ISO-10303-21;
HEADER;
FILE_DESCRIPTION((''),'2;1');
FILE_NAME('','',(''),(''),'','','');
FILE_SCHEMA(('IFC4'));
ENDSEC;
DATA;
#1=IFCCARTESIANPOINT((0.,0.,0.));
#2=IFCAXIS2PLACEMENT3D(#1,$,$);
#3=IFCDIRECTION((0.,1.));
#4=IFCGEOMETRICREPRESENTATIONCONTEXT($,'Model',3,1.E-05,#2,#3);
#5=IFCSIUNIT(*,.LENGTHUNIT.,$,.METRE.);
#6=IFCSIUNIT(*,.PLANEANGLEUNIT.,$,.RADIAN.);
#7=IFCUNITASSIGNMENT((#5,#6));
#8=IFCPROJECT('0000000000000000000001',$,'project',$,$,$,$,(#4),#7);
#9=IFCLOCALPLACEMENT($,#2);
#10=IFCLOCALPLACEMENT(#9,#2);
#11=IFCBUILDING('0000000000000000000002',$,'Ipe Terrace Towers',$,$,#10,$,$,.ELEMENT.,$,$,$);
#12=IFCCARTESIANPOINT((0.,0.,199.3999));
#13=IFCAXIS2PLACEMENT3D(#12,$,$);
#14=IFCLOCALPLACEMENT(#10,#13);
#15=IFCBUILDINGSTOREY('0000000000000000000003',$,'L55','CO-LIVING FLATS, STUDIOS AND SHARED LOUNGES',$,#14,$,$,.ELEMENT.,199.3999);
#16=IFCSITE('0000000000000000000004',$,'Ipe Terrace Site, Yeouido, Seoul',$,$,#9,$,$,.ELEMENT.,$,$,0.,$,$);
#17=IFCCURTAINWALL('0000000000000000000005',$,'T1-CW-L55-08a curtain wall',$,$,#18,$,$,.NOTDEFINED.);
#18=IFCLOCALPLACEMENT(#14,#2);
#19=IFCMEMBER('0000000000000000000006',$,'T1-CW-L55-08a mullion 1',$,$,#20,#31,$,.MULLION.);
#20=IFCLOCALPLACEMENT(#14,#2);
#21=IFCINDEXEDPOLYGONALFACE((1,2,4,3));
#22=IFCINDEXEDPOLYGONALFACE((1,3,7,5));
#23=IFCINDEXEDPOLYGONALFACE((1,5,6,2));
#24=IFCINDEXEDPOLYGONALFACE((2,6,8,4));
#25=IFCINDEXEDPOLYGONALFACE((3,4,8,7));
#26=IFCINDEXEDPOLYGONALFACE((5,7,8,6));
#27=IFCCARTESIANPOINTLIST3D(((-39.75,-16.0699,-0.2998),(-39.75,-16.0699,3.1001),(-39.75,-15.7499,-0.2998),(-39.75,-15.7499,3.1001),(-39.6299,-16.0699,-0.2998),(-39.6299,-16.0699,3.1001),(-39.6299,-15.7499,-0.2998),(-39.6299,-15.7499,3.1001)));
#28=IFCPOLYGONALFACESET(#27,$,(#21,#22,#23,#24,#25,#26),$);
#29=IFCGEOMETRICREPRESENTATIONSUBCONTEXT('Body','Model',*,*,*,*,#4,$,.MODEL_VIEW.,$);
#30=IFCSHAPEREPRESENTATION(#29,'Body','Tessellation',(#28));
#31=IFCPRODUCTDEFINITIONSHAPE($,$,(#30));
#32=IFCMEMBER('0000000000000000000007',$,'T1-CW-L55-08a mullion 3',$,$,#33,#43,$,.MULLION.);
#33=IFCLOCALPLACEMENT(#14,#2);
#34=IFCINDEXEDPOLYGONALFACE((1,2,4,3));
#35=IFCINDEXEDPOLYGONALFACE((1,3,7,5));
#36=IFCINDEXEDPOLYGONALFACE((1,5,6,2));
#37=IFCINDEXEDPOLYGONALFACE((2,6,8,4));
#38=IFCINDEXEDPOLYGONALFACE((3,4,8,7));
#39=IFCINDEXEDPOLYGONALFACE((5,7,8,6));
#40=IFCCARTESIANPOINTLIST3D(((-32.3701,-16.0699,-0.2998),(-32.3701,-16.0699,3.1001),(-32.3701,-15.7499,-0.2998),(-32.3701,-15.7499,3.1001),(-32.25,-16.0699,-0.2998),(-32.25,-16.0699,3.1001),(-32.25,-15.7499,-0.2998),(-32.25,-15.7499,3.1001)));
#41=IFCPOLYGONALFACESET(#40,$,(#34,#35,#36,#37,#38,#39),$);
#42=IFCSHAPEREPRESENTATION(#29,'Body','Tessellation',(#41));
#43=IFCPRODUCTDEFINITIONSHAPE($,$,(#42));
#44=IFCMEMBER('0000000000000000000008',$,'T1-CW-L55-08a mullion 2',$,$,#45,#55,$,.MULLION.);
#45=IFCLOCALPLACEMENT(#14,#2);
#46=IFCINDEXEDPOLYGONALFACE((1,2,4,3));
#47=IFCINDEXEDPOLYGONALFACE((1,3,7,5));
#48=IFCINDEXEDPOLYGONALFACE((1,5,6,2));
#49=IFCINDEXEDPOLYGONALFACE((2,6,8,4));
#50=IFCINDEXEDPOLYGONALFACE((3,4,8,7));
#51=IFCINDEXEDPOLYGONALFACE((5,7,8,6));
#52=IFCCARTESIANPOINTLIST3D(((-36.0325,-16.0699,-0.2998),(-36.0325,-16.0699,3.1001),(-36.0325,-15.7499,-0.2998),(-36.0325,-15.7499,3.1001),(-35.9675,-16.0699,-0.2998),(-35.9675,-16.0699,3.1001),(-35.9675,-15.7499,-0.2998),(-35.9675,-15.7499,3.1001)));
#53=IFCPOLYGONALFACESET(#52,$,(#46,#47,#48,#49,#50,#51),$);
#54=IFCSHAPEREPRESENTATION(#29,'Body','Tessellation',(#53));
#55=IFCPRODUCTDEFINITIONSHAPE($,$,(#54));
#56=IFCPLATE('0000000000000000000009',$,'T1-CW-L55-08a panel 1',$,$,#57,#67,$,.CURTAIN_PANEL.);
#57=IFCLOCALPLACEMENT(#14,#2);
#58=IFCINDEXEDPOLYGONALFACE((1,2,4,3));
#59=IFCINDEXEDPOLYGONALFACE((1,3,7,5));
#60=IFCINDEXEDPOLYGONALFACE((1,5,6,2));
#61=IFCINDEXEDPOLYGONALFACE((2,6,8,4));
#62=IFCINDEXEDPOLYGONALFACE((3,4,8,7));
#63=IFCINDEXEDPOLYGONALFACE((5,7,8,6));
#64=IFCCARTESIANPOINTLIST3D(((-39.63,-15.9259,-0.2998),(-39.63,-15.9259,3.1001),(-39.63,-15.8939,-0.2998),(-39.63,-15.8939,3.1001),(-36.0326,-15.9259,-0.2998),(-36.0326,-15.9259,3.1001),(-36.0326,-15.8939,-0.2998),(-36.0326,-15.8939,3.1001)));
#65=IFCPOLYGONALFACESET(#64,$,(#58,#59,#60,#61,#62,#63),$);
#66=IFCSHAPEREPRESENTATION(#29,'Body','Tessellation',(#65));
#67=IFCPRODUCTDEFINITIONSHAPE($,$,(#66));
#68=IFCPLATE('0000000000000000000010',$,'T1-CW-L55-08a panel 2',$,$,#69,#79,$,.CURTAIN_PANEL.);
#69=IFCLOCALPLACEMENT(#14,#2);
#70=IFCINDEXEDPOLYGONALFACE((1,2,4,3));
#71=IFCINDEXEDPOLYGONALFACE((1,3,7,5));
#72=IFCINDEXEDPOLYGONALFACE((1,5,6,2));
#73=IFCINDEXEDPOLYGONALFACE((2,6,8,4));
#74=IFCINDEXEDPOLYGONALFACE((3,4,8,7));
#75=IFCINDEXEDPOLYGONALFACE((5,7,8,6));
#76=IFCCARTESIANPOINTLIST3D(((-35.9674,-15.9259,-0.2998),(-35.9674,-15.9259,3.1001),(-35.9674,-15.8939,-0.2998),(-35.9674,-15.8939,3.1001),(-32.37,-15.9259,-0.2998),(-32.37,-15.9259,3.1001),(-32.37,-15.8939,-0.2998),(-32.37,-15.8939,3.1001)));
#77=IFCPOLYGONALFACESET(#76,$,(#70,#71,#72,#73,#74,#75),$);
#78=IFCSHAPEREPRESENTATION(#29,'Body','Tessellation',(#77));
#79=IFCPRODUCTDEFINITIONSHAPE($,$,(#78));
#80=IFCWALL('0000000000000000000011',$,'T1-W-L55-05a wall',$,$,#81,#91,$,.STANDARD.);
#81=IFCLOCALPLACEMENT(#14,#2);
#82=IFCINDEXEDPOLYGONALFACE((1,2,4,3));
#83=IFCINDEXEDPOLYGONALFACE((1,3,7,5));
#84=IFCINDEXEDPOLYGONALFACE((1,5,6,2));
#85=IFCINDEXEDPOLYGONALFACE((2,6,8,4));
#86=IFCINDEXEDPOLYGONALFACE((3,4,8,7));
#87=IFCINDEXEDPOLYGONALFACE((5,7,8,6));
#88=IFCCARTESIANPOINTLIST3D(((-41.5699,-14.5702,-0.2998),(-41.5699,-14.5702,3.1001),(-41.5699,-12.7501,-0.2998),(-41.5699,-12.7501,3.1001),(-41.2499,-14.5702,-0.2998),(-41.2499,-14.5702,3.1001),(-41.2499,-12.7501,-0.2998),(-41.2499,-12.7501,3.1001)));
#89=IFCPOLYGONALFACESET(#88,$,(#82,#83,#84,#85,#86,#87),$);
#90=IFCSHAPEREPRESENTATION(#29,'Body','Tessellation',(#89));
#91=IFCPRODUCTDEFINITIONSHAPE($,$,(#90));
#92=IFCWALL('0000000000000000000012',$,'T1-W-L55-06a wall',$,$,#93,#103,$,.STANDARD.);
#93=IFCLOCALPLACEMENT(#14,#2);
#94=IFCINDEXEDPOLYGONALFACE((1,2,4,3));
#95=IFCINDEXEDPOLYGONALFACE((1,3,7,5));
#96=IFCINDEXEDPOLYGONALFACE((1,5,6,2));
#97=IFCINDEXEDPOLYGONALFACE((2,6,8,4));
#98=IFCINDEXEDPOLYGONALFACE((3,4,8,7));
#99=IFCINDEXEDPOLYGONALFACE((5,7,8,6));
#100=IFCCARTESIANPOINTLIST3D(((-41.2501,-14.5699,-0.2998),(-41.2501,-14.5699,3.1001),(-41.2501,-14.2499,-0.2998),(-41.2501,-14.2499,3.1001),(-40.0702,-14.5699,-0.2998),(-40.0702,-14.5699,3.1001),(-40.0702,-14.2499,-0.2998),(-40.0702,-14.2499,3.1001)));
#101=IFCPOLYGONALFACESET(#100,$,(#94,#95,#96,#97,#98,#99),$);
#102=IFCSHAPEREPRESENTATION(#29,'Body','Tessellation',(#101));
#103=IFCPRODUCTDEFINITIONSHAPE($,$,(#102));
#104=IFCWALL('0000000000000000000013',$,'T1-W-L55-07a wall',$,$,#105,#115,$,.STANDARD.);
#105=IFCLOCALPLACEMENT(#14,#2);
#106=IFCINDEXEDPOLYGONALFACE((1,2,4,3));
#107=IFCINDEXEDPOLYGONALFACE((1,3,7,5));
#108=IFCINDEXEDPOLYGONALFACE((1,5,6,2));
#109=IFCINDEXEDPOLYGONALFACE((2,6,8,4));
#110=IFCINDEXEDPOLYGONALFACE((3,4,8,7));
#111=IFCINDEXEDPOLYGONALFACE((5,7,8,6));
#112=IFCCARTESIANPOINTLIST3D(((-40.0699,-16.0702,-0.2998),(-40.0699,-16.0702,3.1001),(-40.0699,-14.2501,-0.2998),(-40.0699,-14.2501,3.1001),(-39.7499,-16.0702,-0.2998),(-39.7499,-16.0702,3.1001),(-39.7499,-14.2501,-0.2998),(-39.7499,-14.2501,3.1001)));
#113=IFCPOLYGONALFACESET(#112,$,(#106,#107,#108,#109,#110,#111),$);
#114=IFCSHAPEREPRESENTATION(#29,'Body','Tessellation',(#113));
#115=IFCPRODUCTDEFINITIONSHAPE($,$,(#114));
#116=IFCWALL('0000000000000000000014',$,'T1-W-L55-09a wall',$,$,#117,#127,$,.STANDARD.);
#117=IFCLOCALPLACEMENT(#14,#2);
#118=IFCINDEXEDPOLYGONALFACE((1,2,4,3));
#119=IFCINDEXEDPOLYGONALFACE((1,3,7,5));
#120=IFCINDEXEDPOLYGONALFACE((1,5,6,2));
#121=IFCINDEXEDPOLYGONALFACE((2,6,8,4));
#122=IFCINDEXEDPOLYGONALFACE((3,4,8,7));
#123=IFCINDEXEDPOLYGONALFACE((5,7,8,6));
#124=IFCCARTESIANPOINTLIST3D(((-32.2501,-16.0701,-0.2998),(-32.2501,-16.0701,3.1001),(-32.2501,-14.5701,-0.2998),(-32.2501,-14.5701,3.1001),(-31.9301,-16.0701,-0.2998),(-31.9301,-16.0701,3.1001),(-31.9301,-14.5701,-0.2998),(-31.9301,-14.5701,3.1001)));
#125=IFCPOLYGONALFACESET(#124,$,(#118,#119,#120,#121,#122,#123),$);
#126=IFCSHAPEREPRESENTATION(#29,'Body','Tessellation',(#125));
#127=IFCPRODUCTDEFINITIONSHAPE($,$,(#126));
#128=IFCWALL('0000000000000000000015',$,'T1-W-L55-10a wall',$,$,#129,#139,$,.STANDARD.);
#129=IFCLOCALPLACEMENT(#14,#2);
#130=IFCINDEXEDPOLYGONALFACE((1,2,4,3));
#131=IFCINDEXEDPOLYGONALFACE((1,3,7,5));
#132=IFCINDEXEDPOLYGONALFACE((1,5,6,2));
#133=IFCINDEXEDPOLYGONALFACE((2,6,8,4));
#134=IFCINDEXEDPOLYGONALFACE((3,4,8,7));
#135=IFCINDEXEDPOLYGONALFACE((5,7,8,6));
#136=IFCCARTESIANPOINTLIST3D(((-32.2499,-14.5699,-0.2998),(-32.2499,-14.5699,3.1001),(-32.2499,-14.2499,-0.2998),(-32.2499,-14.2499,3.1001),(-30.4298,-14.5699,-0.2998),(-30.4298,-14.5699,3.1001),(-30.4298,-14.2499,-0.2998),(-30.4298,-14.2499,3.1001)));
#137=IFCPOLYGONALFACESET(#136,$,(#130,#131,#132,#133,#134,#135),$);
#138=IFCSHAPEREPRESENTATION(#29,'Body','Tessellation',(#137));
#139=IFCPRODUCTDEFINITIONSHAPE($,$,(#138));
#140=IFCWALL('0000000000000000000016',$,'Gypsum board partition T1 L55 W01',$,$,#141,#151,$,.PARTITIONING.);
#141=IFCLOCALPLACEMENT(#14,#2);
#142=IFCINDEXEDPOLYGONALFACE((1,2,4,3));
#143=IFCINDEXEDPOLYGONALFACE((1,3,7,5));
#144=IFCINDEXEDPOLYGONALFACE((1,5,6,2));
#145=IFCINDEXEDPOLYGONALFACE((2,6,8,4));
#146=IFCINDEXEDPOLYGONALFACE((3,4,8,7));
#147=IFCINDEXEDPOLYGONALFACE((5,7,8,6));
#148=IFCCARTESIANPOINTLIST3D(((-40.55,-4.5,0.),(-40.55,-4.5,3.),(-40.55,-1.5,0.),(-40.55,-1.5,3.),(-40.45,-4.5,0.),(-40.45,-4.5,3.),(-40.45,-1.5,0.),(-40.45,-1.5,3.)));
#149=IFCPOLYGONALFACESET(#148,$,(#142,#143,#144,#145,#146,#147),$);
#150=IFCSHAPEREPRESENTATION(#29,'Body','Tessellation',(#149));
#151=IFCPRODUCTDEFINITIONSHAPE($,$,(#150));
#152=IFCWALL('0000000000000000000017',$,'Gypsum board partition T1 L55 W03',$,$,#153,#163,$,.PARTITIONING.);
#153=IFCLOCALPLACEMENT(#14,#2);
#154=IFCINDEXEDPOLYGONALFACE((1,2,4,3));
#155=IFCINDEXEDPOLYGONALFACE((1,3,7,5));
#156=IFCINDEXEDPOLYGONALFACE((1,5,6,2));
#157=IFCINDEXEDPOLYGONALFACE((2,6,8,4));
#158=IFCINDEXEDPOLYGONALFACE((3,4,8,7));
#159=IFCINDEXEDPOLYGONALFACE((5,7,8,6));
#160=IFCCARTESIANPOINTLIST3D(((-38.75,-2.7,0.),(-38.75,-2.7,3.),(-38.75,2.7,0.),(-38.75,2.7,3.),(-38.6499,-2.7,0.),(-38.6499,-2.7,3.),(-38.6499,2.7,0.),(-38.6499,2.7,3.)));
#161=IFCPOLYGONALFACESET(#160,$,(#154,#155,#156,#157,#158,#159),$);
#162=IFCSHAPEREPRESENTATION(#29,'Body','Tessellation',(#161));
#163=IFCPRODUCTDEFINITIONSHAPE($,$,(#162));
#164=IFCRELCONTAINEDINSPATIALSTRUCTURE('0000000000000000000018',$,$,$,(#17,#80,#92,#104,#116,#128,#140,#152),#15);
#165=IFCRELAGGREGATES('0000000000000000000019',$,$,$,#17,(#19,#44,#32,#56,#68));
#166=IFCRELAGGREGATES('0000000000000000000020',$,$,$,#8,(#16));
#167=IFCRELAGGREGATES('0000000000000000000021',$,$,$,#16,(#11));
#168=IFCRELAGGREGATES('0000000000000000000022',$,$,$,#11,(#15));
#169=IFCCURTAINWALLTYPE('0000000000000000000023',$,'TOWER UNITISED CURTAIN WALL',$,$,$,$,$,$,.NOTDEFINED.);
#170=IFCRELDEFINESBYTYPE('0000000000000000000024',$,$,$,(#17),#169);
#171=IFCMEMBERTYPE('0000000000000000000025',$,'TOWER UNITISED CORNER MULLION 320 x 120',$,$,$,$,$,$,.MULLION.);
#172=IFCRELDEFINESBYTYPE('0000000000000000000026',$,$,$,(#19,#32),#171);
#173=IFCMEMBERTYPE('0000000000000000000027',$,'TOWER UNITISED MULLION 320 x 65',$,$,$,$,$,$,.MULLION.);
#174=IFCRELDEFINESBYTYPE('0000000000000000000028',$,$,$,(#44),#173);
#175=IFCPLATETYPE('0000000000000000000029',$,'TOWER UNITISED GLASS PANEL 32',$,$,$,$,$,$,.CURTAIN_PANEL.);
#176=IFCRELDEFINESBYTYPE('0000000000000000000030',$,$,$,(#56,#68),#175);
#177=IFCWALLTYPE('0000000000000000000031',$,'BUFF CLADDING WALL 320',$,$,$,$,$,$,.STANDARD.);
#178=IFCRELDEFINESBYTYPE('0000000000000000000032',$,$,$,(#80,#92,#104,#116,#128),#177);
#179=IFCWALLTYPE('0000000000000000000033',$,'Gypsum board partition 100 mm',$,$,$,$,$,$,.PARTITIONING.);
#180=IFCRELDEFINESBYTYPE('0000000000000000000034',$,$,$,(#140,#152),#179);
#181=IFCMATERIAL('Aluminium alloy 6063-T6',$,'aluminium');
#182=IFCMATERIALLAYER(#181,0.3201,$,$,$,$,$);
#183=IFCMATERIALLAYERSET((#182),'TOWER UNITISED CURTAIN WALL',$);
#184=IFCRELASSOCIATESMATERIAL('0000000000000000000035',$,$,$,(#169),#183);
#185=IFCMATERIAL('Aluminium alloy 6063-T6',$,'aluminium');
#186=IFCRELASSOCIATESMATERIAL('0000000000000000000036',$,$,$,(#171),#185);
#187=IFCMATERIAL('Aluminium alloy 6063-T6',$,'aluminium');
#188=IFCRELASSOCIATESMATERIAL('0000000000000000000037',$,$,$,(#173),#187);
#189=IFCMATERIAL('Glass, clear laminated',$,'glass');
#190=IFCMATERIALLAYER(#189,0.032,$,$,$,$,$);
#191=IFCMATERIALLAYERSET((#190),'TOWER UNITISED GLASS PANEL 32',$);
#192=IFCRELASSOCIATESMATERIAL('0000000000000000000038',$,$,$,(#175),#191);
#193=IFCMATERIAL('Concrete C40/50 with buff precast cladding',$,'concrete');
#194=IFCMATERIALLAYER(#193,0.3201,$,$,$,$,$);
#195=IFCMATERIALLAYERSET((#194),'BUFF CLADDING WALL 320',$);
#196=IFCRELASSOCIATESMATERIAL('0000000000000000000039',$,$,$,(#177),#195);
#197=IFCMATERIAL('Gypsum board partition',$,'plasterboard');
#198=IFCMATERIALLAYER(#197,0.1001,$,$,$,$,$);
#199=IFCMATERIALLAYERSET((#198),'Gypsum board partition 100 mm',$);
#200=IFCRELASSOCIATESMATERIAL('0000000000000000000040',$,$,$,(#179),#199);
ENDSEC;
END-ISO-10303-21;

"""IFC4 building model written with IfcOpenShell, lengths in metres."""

from ifc_helpers import new_model, si_unit, direction, frame, frame_2d, origin, origin_2d, place, context, subcontext, project, spatial, rectangle, extrude, material, layer, layer_set, material_profile, profile_set, type_object, element, aggregate, save


model = new_model("IFC4")

# Units and contexts
model_context = context("Model", 3, precision=1e-05, world=origin(), true_north=direction((0.0, 1.0)))
body_context = subcontext(model_context, "Body", "Model", "MODEL_VIEW")
ifc_project = project(units=[si_unit("LENGTHUNIT", "METRE"), si_unit("PLANEANGLEUNIT", "RADIAN")], contexts=[model_context])

# Site, building, storey
site_placement = place(None, origin())
site = spatial("IfcSite", under=ifc_project, at=site_placement, Name="Ipe Terrace Site, Yeouido, Seoul", CompositionType="ELEMENT", RefElevation=0.0)
building_placement = place(site_placement, origin())
building = spatial("IfcBuilding", under=site, at=building_placement, Name="Ipe Terrace Towers", CompositionType="ELEMENT")
storey_placement = place(building_placement, frame((0.0, 0.0, 199.3999)))
storey = spatial("IfcBuildingStorey", under=building, at=storey_placement, Name="L55", Description="CO-LIVING FLATS, STUDIOS AND SHARED LOUNGES", CompositionType="ELEMENT", Elevation=199.3999)

# Curtain wall, members, plates
ifc_material_1 = material(Name="Aluminium alloy 6063-T6", Category="aluminium")
ifc_layer_1 = layer(ifc_material_1, 0.3201)
ifc_layer_set_1 = layer_set([ifc_layer_1], Name="TOWER UNITISED CURTAIN WALL")
curtain_wall_type = type_object("IfcCurtainWallType", Name="TOWER UNITISED CURTAIN WALL", PredefinedType="NOTDEFINED", material=ifc_layer_set_1)
curtain_wall_placement = place(storey_placement, origin())
curtain_wall = element("IfcCurtainWall", 1, at=curtain_wall_placement, inside=storey, type_object=curtain_wall_type, Name="T1-CW-L55-08a curtain wall", PredefinedType="NOTDEFINED")
ifc_material_2 = material(Name="Aluminium alloy 6063-T6", Category="aluminium")
ifc_material_profile_1 = material_profile(ifc_material_2, rectangle(XDim=0.3201, YDim=0.1201, at=origin_2d()), Name="TOWER UNITISED CORNER MULLION 320 x 120")
ifc_profile_set_1 = profile_set([ifc_material_profile_1], Name="Aluminium alloy 6063-T6")
member_type_1 = type_object("IfcMemberType", Name="TOWER UNITISED CORNER MULLION 320 x 120", PredefinedType="MULLION", material=ifc_profile_set_1)
member_1_placement = place(storey_placement, frame((-39.6899, -15.9099, -0.2998), z_axis=(0.0, 0.0, 1.0), x_axis=(0.0, -1.0, 0.0)))
member_1 = element("IfcMember", 2, at=member_1_placement, type_object=member_type_1, Name="T1-CW-L55-08a mullion 1", PredefinedType="MULLION", context=body_context, shape_type="SweptSolid", body=[
    extrude(rectangle(XDim=0.3201, YDim=0.1201, at=origin_2d()), origin(), (0.0, 0.0, 1.0), 3.3999),
])
member_2_placement = place(storey_placement, frame((-32.3101, -15.9099, -0.2998), z_axis=(0.0, 0.0, 1.0), x_axis=(0.0, -1.0, 0.0)))
member_2 = element("IfcMember", 3, at=member_2_placement, type_object=member_type_1, Name="T1-CW-L55-08a mullion 3", PredefinedType="MULLION", context=body_context, shape_type="SweptSolid", body=[
    extrude(rectangle(XDim=0.3201, YDim=0.1201, at=origin_2d()), origin(), (0.0, 0.0, 1.0), 3.3999),
])
ifc_material_3 = material(Name="Aluminium alloy 6063-T6", Category="aluminium")
ifc_material_profile_2 = material_profile(ifc_material_3, rectangle(XDim=0.3201, YDim=0.0649, at=origin_2d()), Name="TOWER UNITISED MULLION 320 x 65")
ifc_profile_set_2 = profile_set([ifc_material_profile_2], Name="Aluminium alloy 6063-T6")
member_type_2 = type_object("IfcMemberType", Name="TOWER UNITISED MULLION 320 x 65", PredefinedType="MULLION", material=ifc_profile_set_2)
member_3_placement = place(storey_placement, frame((-36.0, -15.9099, -0.2998), z_axis=(0.0, 0.0, 1.0), x_axis=(0.0, -1.0, 0.0)))
member_3 = element("IfcMember", 4, at=member_3_placement, type_object=member_type_2, Name="T1-CW-L55-08a mullion 2", PredefinedType="MULLION", context=body_context, shape_type="SweptSolid", body=[
    extrude(rectangle(XDim=0.3201, YDim=0.0649, at=origin_2d()), origin(), (0.0, 0.0, 1.0), 3.3999),
])
ifc_material_4 = material(Name="Glass, clear laminated", Category="glass")
ifc_layer_2 = layer(ifc_material_4, 0.032)
ifc_layer_set_2 = layer_set([ifc_layer_2], Name="TOWER UNITISED GLASS PANEL 32")
plate_type = type_object("IfcPlateType", Name="TOWER UNITISED GLASS PANEL 32", PredefinedType="CURTAIN_PANEL", material=ifc_layer_set_2)
plate_1_placement = place(storey_placement, frame((-37.8313, -15.9099, -0.2998), z_axis=(0.0, 0.0, 1.0), x_axis=(1.0, 0.0, 0.0)))
plate_1 = element("IfcPlate", 5, at=plate_1_placement, type_object=plate_type, Name="T1-CW-L55-08a panel 1", PredefinedType="CURTAIN_PANEL", context=body_context, shape_type="SweptSolid", body=[
    extrude(rectangle(XDim=3.5974, YDim=0.032, at=origin_2d()), origin(), (0.0, 0.0, 1.0), 3.3999),
])
plate_2_placement = place(storey_placement, frame((-34.1687, -15.9099, -0.2998), z_axis=(0.0, 0.0, 1.0), x_axis=(1.0, 0.0, 0.0)))
plate_2 = element("IfcPlate", 6, at=plate_2_placement, type_object=plate_type, Name="T1-CW-L55-08a panel 2", PredefinedType="CURTAIN_PANEL", context=body_context, shape_type="SweptSolid", body=[
    extrude(rectangle(XDim=3.5974, YDim=0.032, at=origin_2d()), origin(), (0.0, 0.0, 1.0), 3.3999),
])
aggregate(curtain_wall, [member_1, member_3, member_2, plate_1, plate_2])

# Walls
ifc_material_5 = material(Name="Concrete C40/50 with buff precast cladding", Category="concrete")
ifc_layer_3 = layer(ifc_material_5, 0.3201)
ifc_layer_set_3 = layer_set([ifc_layer_3], Name="BUFF CLADDING WALL 320")
wall_type_1 = type_object("IfcWallType", Name="BUFF CLADDING WALL 320", PredefinedType="STANDARD", material=ifc_layer_set_3)
wall_1_placement = place(storey_placement, frame((-41.4099, -12.75, -0.2998), z_axis=(0.0, 0.0, 1.0), x_axis=(0.0, -1.0, 0.0)))
element("IfcWall", 7, at=wall_1_placement, inside=storey, type_object=wall_type_1, Name="T1-W-L55-05a wall", PredefinedType="STANDARD", context=body_context, shape_type="SweptSolid", body=[
    extrude(rectangle(XDim=1.8201, YDim=0.3201, at=frame_2d((0.9102, 0.0))), origin(), (0.0, 0.0, 1.0), 3.3999),
])
wall_2_placement = place(storey_placement, frame((-41.25, -14.4099, -0.2998), z_axis=(0.0, 0.0, 1.0), x_axis=(1.0, 0.0, 0.0)))
element("IfcWall", 8, at=wall_2_placement, inside=storey, type_object=wall_type_1, Name="T1-W-L55-06a wall", PredefinedType="STANDARD", context=body_context, shape_type="SweptSolid", body=[
    extrude(rectangle(XDim=1.1799, YDim=0.3201, at=frame_2d((0.5898, 0.0))), origin(), (0.0, 0.0, 1.0), 3.3999),
])
wall_3_placement = place(storey_placement, frame((-39.9099, -14.25, -0.2998), z_axis=(0.0, 0.0, 1.0), x_axis=(0.0, -1.0, 0.0)))
element("IfcWall", 9, at=wall_3_placement, inside=storey, type_object=wall_type_1, Name="T1-W-L55-07a wall", PredefinedType="STANDARD", context=body_context, shape_type="SweptSolid", body=[
    extrude(rectangle(XDim=1.8201, YDim=0.3201, at=frame_2d((0.9102, 0.0))), origin(), (0.0, 0.0, 1.0), 3.3999),
])
wall_4_placement = place(storey_placement, frame((-32.0901, -16.0701, -0.2998), z_axis=(0.0, 0.0, 1.0), x_axis=(0.0, 1.0, 0.0)))
element("IfcWall", 10, at=wall_4_placement, inside=storey, type_object=wall_type_1, Name="T1-W-L55-09a wall", PredefinedType="STANDARD", context=body_context, shape_type="SweptSolid", body=[
    extrude(rectangle(XDim=1.5, YDim=0.3201, at=frame_2d((0.75, 0.0))), origin(), (0.0, 0.0, 1.0), 3.3999),
])
wall_5_placement = place(storey_placement, frame((-32.25, -14.4099, -0.2998), z_axis=(0.0, 0.0, 1.0), x_axis=(1.0, 0.0, 0.0)))
element("IfcWall", 11, at=wall_5_placement, inside=storey, type_object=wall_type_1, Name="T1-W-L55-10a wall", PredefinedType="STANDARD", context=body_context, shape_type="SweptSolid", body=[
    extrude(rectangle(XDim=1.8201, YDim=0.3201, at=frame_2d((0.9102, 0.0))), origin(), (0.0, 0.0, 1.0), 3.3999),
])
ifc_material_6 = material(Name="Gypsum board partition", Category="plasterboard")
ifc_layer_4 = layer(ifc_material_6, 0.1001)
ifc_layer_set_4 = layer_set([ifc_layer_4], Name="Gypsum board partition 100 mm")
wall_type_2 = type_object("IfcWallType", Name="Gypsum board partition 100 mm", PredefinedType="PARTITIONING", material=ifc_layer_set_4)
wall_6_placement = place(storey_placement, frame((-40.5, -4.5, 0.0), z_axis=(0.0, 0.0, 1.0), x_axis=(0.0, 1.0, 0.0)))
element("IfcWall", 12, at=wall_6_placement, inside=storey, type_object=wall_type_2, Name="Gypsum board partition T1 L55 W01", PredefinedType="PARTITIONING", context=body_context, shape_type="SweptSolid", body=[
    extrude(rectangle(XDim=3.0, YDim=0.1001, at=frame_2d((1.5, 0.0))), origin(), (0.0, 0.0, 1.0), 3.0),
])
wall_7_placement = place(storey_placement, frame((-38.7, -2.7, 0.0), z_axis=(0.0, 0.0, 1.0), x_axis=(0.0, 1.0, 0.0)))
element("IfcWall", 13, at=wall_7_placement, inside=storey, type_object=wall_type_2, Name="Gypsum board partition T1 L55 W03", PredefinedType="PARTITIONING", context=body_context, shape_type="SweptSolid", body=[
    extrude(rectangle(XDim=5.3999, YDim=0.1001, at=frame_2d((2.7, 0.0))), origin(), (0.0, 0.0, 1.0), 3.0),
])

save(model, "model.ifc")
